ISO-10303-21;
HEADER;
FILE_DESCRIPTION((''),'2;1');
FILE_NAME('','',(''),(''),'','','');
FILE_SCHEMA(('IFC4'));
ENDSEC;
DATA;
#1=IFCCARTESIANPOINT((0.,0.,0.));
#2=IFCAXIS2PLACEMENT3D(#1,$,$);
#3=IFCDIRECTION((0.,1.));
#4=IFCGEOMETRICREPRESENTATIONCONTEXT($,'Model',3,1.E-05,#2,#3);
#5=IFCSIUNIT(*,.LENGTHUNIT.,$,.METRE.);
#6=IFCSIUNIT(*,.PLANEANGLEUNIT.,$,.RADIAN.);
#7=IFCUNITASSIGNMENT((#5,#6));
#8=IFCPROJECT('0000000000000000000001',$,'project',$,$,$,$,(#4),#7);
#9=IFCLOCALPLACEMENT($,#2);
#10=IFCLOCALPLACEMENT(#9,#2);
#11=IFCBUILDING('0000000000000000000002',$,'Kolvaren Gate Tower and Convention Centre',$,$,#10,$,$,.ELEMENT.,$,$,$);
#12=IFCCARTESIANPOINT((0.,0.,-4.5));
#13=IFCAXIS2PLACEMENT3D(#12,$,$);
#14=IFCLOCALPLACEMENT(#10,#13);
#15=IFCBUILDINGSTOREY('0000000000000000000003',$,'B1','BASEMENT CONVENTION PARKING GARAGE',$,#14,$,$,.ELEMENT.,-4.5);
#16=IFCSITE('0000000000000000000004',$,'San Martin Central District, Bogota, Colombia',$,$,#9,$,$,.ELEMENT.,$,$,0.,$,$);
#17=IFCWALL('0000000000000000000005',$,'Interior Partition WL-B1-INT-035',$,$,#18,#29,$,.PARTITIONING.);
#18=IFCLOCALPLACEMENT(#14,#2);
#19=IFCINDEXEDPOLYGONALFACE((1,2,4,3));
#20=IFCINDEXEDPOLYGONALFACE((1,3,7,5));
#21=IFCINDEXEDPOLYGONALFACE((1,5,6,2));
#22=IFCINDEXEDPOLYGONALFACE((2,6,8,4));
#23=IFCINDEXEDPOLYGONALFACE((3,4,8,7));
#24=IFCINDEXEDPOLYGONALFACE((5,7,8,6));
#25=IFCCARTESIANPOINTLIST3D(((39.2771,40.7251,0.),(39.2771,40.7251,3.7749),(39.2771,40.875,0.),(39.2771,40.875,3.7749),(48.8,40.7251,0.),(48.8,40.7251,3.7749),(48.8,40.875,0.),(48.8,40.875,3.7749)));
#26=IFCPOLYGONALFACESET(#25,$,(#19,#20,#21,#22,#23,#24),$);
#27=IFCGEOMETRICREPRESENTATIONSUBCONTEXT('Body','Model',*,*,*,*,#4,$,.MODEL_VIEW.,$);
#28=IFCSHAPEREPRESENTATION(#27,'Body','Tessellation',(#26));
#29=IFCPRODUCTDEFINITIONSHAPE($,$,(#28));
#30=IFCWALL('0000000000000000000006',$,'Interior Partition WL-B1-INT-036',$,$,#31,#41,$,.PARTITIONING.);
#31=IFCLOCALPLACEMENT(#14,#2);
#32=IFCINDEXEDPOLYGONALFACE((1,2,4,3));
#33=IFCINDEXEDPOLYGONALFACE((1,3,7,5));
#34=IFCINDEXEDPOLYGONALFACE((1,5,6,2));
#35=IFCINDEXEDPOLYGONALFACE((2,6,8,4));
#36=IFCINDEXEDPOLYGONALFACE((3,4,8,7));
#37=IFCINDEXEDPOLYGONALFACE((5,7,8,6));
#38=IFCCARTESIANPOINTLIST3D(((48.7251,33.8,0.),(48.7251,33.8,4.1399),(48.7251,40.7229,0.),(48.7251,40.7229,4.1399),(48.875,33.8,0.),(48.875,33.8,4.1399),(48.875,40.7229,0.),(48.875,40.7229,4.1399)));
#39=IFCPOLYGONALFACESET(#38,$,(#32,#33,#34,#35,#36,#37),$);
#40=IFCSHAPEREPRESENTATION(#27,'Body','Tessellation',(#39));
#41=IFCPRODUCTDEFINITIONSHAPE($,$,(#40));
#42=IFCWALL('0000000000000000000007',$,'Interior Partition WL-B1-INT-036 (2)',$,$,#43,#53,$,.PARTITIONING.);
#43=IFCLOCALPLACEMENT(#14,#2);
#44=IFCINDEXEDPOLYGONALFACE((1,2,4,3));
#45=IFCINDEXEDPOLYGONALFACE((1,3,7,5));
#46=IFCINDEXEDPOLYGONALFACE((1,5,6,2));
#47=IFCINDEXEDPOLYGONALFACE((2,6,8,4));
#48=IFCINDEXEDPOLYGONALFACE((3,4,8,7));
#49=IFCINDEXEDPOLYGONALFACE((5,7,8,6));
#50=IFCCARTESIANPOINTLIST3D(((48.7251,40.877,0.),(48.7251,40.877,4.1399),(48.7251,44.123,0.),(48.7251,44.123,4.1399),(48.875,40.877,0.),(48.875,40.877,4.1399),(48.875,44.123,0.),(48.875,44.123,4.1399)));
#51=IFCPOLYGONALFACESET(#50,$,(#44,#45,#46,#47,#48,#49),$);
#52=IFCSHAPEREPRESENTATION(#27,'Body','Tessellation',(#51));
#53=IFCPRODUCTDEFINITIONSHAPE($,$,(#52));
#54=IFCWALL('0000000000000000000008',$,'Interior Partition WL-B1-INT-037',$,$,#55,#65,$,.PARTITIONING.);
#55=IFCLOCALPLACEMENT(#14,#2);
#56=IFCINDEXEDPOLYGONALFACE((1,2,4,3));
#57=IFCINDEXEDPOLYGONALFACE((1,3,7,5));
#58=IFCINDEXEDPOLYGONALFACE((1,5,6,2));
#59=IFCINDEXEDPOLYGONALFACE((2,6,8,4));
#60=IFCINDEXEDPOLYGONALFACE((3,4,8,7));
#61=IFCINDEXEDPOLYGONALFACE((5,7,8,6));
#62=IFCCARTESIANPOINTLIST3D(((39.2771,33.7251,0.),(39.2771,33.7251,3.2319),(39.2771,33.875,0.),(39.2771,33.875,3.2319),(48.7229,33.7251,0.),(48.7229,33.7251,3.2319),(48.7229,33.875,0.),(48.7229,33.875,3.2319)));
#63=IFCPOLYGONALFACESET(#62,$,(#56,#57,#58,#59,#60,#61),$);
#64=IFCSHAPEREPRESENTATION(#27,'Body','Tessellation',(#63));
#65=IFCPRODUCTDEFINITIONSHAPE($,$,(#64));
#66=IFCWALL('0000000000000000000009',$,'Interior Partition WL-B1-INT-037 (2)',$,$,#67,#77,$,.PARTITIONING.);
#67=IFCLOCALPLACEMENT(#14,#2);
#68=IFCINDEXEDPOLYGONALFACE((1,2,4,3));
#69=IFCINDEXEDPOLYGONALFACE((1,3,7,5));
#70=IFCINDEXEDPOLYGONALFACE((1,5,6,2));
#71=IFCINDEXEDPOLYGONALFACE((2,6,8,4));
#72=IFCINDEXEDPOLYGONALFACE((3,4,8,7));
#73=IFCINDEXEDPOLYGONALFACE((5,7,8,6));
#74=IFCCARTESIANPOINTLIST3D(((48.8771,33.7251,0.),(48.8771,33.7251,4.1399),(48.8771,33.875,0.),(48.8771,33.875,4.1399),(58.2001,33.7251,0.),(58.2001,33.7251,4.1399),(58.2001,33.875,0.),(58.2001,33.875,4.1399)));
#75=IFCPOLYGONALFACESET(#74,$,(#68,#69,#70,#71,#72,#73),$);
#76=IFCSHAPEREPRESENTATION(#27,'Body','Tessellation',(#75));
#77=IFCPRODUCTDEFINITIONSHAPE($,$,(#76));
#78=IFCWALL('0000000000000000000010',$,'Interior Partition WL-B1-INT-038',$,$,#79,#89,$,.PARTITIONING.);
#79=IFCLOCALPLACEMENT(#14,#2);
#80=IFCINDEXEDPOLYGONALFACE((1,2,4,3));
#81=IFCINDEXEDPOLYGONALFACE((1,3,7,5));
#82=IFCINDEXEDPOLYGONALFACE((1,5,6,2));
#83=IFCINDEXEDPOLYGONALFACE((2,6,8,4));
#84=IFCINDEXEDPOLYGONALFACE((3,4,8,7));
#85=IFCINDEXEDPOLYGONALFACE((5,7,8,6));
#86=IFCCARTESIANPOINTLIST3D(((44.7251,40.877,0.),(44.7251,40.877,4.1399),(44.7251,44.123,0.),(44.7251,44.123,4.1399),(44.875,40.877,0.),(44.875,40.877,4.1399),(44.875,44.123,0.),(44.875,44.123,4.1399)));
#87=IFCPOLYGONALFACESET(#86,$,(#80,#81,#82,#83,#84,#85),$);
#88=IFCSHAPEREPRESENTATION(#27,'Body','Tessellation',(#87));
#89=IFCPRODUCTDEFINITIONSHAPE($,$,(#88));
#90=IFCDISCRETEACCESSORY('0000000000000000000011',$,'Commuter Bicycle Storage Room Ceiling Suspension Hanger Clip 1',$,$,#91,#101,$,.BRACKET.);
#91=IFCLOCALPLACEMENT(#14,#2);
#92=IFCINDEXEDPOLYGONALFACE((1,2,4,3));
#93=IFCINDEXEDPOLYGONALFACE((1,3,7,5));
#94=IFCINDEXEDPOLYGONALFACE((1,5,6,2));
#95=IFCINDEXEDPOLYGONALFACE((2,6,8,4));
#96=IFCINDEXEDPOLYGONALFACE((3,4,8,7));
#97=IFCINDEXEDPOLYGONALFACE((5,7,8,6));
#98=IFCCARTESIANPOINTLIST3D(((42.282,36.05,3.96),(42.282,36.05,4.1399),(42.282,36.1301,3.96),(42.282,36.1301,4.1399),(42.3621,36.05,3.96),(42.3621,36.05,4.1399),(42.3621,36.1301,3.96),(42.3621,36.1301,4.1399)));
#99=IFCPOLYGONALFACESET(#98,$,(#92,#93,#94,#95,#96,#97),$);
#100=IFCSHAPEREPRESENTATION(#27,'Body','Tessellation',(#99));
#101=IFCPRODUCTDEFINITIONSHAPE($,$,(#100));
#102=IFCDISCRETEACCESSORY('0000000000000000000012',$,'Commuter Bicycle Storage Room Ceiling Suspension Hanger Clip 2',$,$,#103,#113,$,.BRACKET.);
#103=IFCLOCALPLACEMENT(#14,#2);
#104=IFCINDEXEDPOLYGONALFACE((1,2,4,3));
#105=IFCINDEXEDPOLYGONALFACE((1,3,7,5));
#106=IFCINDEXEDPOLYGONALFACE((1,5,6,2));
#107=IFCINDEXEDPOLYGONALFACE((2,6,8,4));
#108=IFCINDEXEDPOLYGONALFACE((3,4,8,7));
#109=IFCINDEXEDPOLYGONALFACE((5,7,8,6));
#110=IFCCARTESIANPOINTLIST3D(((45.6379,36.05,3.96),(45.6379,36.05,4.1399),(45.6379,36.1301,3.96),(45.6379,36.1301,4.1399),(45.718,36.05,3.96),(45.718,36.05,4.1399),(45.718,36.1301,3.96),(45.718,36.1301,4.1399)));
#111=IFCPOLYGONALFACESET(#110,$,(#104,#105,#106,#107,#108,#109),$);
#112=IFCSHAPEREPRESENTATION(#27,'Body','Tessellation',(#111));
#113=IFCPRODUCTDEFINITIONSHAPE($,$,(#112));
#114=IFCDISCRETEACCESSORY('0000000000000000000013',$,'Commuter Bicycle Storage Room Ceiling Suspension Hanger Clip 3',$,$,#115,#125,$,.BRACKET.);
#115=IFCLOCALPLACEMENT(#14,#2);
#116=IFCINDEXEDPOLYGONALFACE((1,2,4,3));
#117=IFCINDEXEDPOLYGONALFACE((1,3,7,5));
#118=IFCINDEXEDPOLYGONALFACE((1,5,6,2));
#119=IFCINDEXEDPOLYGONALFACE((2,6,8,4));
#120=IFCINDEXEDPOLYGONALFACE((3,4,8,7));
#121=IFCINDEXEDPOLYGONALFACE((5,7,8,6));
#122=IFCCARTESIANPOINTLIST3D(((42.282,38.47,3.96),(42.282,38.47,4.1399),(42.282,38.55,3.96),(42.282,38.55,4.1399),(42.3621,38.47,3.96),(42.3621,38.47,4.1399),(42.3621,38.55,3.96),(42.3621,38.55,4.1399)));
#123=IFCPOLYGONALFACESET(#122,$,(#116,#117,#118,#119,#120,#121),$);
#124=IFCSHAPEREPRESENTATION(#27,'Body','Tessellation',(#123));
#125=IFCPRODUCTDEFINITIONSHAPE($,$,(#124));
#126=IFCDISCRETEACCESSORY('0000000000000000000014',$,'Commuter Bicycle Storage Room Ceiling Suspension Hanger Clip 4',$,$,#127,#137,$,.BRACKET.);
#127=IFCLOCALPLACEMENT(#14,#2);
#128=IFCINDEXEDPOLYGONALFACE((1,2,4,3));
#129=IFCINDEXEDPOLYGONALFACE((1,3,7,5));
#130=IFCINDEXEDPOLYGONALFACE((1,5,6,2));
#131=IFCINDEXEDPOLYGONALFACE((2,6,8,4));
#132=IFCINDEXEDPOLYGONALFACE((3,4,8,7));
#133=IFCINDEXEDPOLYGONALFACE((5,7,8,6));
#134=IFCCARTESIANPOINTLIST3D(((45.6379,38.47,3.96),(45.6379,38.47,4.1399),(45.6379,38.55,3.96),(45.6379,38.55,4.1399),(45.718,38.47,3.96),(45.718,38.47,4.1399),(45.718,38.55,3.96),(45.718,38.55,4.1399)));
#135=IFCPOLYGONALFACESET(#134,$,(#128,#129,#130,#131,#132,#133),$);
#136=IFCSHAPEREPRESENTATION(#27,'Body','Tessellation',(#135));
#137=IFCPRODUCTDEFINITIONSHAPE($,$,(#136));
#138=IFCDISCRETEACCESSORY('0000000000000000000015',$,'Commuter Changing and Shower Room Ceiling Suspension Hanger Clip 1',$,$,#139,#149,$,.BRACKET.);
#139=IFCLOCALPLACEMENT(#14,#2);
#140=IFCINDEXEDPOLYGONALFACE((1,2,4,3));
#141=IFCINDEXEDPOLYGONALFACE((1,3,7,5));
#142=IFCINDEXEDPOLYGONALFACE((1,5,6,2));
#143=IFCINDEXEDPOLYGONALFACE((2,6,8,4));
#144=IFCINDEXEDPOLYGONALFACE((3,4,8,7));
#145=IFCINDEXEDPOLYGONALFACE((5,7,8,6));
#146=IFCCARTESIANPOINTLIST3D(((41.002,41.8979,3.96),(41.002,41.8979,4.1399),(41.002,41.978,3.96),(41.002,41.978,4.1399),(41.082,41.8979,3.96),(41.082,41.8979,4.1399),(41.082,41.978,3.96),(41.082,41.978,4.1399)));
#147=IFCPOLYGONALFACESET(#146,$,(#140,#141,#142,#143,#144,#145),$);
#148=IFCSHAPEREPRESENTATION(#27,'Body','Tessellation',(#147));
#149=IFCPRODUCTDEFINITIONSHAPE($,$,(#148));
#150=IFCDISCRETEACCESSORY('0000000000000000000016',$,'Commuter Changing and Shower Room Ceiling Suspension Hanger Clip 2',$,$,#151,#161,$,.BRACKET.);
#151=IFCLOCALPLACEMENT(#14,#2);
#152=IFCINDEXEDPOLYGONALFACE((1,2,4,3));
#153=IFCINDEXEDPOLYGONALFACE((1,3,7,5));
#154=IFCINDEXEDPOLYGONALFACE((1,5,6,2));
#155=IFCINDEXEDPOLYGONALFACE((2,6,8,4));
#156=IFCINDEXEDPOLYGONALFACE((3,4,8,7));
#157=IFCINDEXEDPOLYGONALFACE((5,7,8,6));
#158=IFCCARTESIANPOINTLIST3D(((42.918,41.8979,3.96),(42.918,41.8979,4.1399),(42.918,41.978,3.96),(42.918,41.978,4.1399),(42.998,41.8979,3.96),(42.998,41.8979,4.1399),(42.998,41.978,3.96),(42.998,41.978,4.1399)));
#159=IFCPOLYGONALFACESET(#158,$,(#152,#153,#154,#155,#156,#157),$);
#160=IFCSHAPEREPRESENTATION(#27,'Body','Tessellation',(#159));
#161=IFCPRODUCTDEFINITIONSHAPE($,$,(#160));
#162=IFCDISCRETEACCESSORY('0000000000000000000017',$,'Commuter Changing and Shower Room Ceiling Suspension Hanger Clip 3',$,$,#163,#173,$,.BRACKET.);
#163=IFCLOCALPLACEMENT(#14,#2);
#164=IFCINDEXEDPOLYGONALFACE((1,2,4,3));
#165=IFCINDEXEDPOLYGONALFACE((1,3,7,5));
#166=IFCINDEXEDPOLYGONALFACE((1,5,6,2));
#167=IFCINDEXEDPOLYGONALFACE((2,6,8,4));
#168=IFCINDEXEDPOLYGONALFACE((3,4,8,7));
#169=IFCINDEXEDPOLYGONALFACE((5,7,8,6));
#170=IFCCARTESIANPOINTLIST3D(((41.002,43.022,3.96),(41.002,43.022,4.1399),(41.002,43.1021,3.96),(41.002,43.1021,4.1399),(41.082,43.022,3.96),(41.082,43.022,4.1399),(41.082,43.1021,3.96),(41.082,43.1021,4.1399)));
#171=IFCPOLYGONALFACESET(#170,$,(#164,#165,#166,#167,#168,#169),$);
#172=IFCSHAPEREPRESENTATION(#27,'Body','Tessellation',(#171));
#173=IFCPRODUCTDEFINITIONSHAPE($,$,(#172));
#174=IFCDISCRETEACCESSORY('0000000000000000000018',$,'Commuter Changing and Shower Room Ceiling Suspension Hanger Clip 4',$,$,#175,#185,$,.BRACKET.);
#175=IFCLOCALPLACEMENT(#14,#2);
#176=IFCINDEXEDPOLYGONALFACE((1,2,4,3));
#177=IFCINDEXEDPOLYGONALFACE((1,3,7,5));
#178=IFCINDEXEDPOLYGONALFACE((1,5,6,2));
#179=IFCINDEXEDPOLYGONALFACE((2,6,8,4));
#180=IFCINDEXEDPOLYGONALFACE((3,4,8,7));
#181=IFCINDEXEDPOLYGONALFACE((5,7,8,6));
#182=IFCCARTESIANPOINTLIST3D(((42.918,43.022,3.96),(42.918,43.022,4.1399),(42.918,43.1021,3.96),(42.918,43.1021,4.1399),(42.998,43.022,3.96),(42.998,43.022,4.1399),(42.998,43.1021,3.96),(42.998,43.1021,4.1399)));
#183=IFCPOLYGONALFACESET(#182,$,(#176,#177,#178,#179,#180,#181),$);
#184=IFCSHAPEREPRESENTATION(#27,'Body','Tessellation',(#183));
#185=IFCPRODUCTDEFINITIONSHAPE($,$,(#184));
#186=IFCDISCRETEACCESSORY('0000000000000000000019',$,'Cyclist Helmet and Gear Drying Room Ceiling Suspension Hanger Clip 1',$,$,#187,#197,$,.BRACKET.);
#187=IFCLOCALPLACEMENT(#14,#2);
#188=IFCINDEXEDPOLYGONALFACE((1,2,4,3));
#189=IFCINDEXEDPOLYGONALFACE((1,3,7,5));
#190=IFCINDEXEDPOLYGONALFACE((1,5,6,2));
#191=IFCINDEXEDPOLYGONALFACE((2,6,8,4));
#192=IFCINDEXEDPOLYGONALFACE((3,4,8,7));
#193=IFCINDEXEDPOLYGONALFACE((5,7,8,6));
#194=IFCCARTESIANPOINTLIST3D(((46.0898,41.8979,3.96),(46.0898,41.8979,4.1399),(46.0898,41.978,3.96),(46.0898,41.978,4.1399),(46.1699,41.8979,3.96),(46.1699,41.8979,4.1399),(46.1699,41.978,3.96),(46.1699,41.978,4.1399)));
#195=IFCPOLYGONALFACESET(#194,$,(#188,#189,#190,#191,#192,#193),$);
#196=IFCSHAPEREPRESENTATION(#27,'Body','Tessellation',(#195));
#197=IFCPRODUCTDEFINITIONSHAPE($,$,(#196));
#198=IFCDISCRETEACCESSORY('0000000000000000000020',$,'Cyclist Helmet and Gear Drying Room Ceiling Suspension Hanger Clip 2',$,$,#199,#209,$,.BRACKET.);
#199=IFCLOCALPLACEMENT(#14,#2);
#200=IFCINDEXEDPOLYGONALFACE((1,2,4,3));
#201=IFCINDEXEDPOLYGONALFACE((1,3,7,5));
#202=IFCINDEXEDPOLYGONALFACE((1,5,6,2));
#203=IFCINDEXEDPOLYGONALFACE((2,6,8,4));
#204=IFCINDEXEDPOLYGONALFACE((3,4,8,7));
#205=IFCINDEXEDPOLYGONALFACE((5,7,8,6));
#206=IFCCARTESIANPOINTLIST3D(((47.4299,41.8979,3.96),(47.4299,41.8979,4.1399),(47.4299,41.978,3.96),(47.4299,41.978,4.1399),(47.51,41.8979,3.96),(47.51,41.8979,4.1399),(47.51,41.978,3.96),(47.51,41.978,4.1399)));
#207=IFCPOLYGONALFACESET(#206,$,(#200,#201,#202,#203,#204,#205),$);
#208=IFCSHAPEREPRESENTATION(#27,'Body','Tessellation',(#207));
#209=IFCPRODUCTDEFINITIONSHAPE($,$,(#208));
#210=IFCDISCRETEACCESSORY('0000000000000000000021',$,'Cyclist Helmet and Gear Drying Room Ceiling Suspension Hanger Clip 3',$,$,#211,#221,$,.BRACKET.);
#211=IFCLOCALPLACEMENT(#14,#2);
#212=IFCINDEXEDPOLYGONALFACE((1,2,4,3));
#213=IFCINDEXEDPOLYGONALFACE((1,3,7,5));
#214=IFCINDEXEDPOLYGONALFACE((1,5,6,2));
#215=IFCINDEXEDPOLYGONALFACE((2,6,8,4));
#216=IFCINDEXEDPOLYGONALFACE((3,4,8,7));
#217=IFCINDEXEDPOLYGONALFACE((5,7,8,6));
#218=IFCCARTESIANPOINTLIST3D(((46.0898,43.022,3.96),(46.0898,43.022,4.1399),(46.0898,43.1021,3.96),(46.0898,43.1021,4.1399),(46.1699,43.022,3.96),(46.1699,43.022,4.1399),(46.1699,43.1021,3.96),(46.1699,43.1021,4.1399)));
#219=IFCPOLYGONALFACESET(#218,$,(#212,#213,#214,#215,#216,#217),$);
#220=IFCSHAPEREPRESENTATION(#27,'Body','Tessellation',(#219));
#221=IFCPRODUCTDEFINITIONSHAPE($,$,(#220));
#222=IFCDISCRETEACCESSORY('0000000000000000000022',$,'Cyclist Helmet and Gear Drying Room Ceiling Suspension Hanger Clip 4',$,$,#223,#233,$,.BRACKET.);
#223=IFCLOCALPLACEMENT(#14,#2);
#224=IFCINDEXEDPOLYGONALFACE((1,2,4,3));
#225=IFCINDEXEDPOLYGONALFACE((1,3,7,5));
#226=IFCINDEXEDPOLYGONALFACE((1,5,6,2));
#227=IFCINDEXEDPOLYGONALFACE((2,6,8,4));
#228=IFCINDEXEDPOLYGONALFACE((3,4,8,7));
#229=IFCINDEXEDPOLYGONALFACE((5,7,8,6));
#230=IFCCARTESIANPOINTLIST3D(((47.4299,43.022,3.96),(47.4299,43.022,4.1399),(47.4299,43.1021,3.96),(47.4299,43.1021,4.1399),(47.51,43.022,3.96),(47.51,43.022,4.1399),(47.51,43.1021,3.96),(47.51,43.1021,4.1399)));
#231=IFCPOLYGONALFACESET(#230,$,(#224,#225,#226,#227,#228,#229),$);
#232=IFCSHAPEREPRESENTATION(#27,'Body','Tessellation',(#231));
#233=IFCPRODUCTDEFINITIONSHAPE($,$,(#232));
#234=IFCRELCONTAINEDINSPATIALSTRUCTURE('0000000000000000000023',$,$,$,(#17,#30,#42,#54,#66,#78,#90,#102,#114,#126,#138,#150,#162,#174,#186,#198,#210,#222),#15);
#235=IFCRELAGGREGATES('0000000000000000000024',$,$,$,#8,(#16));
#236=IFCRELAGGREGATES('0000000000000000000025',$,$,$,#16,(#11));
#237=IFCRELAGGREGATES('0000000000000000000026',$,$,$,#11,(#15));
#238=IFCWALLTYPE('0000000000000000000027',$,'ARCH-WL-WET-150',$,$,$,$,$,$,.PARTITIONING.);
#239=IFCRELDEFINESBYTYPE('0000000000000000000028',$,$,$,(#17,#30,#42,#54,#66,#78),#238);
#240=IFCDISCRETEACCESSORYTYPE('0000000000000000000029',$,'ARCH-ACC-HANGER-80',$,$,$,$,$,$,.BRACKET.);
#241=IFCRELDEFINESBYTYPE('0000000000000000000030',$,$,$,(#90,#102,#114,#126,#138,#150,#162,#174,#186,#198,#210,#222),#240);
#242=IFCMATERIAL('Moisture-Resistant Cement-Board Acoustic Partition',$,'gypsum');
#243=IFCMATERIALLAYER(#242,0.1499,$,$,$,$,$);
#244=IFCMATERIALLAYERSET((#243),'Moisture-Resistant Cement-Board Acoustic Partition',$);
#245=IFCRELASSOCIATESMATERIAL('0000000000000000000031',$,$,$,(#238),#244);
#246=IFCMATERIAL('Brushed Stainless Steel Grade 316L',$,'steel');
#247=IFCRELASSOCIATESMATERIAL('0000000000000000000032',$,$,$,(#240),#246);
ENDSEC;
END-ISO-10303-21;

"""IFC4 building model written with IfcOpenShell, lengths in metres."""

from ifc_helpers import new_model, si_unit, direction, frame, frame_2d, origin, origin_2d, place, context, subcontext, project, spatial, rectangle, extrude, material, layer, layer_set, type_object, element, save


model = new_model("IFC4")

# Units and contexts
model_context = context("Model", 3, precision=1e-05, world=origin(), true_north=direction((0.0, 1.0)))
body_context = subcontext(model_context, "Body", "Model", "MODEL_VIEW")
ifc_project = project(units=[si_unit("LENGTHUNIT", "METRE"), si_unit("PLANEANGLEUNIT", "RADIAN")], contexts=[model_context])

# Site, building, storey
site_placement = place(None, origin())
site = spatial("IfcSite", under=ifc_project, at=site_placement, Name="San Martin Central District, Bogota, Colombia", CompositionType="ELEMENT", RefElevation=0.0)
building_placement = place(site_placement, origin())
building = spatial("IfcBuilding", under=site, at=building_placement, Name="Kolvaren Gate Tower and Convention Centre", CompositionType="ELEMENT")
storey_placement = place(building_placement, frame((0.0, 0.0, -4.5)))
storey = spatial("IfcBuildingStorey", under=building, at=storey_placement, Name="B1", Description="BASEMENT CONVENTION PARKING GARAGE", CompositionType="ELEMENT", Elevation=-4.5)

# Walls
ifc_material_1 = material(Name="Moisture-Resistant Cement-Board Acoustic Partition", Category="gypsum")
ifc_layer_1 = layer(ifc_material_1, 0.1499)
ifc_layer_set_1 = layer_set([ifc_layer_1], Name="Moisture-Resistant Cement-Board Acoustic Partition")
wall_type_1 = type_object("IfcWallType", Name="ARCH-WL-WET-150", PredefinedType="PARTITIONING", material=ifc_layer_set_1)
wall_1_placement = place(storey_placement, frame((39.2771, 40.8, 0.0), z_axis=(0.0, 0.0, 1.0), x_axis=(1.0, 0.0, 0.0)))
element("IfcWall", 1, at=wall_1_placement, inside=storey, type_object=wall_type_1, Name="Interior Partition WL-B1-INT-035", PredefinedType="PARTITIONING", context=body_context, shape_type="SweptSolid", body=[
    extrude(rectangle(XDim=9.5229, YDim=0.1499, at=frame_2d((4.7615, 0.0))), origin(), (0.0, 0.0, 1.0), 3.7749),
])
wall_2_placement = place(storey_placement, frame((48.8, 33.8, 0.0), z_axis=(0.0, 0.0, 1.0), x_axis=(0.0, 1.0, 0.0)))
element("IfcWall", 2, at=wall_2_placement, inside=storey, type_object=wall_type_1, Name="Interior Partition WL-B1-INT-036", PredefinedType="PARTITIONING", context=body_context, shape_type="SweptSolid", body=[
    extrude(rectangle(XDim=6.9229, YDim=0.1499, at=frame_2d((3.4614, 0.0))), origin(), (0.0, 0.0, 1.0), 4.1399),
])
wall_3_placement = place(storey_placement, frame((48.8, 40.877, 0.0), z_axis=(0.0, 0.0, 1.0), x_axis=(0.0, 1.0, 0.0)))
element("IfcWall", 3, at=wall_3_placement, inside=storey, type_object=wall_type_1, Name="Interior Partition WL-B1-INT-036 (2)", PredefinedType="PARTITIONING", context=body_context, shape_type="SweptSolid", body=[
    extrude(rectangle(XDim=3.2461, YDim=0.1499, at=frame_2d((1.623, 0.0))), origin(), (0.0, 0.0, 1.0), 4.1399),
])
wall_4_placement = place(storey_placement, frame((39.2771, 33.8, 0.0), z_axis=(0.0, 0.0, 1.0), x_axis=(1.0, 0.0, 0.0)))
element("IfcWall", 4, at=wall_4_placement, inside=storey, type_object=wall_type_1, Name="Interior Partition WL-B1-INT-037", PredefinedType="PARTITIONING", context=body_context, shape_type="SweptSolid", body=[
    extrude(rectangle(XDim=9.4458, YDim=0.1499, at=frame_2d((4.7229, 0.0))), origin(), (0.0, 0.0, 1.0), 3.2319),
])
wall_5_placement = place(storey_placement, frame((48.877, 33.8, 0.0), z_axis=(0.0, 0.0, 1.0), x_axis=(1.0, 0.0, 0.0)))
element("IfcWall", 5, at=wall_5_placement, inside=storey, type_object=wall_type_1, Name="Interior Partition WL-B1-INT-037 (2)", PredefinedType="PARTITIONING", context=body_context, shape_type="SweptSolid", body=[
    extrude(rectangle(XDim=9.323, YDim=0.1499, at=frame_2d((4.6616, 0.0))), origin(), (0.0, 0.0, 1.0), 4.1399),
])
wall_6_placement = place(storey_placement, frame((44.8, 40.877, 0.0), z_axis=(0.0, 0.0, 1.0), x_axis=(0.0, 1.0, 0.0)))
element("IfcWall", 6, at=wall_6_placement, inside=storey, type_object=wall_type_1, Name="Interior Partition WL-B1-INT-038", PredefinedType="PARTITIONING", context=body_context, shape_type="SweptSolid", body=[
    extrude(rectangle(XDim=3.2461, YDim=0.1499, at=frame_2d((1.623, 0.0))), origin(), (0.0, 0.0, 1.0), 4.1399),
])

# Discrete accessories
ifc_material_2 = material(Name="Brushed Stainless Steel Grade 316L", Category="steel")
discrete_accessory_type = type_object("IfcDiscreteAccessoryType", Name="ARCH-ACC-HANGER-80", PredefinedType="BRACKET", material=ifc_material_2)
for number, where, z_axis, x_axis, name in (
    (7, (42.322, 36.0901, 3.96), (0.0, 0.0, 1.0), (1.0, 0.0, 0.0), "Commuter Bicycle Storage Room Ceiling Suspension Hanger Clip 1"),
    (8, (45.678, 36.0901, 3.96), (0.0, 0.0, 1.0), (1.0, 0.0, 0.0), "Commuter Bicycle Storage Room Ceiling Suspension Hanger Clip 2"),
    (9, (42.322, 38.51, 3.96), (0.0, 0.0, 1.0), (1.0, 0.0, 0.0), "Commuter Bicycle Storage Room Ceiling Suspension Hanger Clip 3"),
    (10, (45.678, 38.51, 3.96), (0.0, 0.0, 1.0), (1.0, 0.0, 0.0), "Commuter Bicycle Storage Room Ceiling Suspension Hanger Clip 4"),
    (11, (41.042, 41.938, 3.96), (0.0, 0.0, 1.0), (1.0, 0.0, 0.0), "Commuter Changing and Shower Room Ceiling Suspension Hanger Clip 1"),
    (12, (42.958, 41.938, 3.96), (0.0, 0.0, 1.0), (1.0, 0.0, 0.0), "Commuter Changing and Shower Room Ceiling Suspension Hanger Clip 2"),
    (13, (41.042, 43.062, 3.96), (0.0, 0.0, 1.0), (1.0, 0.0, 0.0), "Commuter Changing and Shower Room Ceiling Suspension Hanger Clip 3"),
    (14, (42.958, 43.062, 3.96), (0.0, 0.0, 1.0), (1.0, 0.0, 0.0), "Commuter Changing and Shower Room Ceiling Suspension Hanger Clip 4"),
    (15, (46.1299, 41.938, 3.96), (0.0, 0.0, 1.0), (1.0, 0.0, 0.0), "Cyclist Helmet and Gear Drying Room Ceiling Suspension Hanger Clip 1"),
    (16, (47.47, 41.938, 3.96), (0.0, 0.0, 1.0), (1.0, 0.0, 0.0), "Cyclist Helmet and Gear Drying Room Ceiling Suspension Hanger Clip 2"),
    (17, (46.1299, 43.062, 3.96), (0.0, 0.0, 1.0), (1.0, 0.0, 0.0), "Cyclist Helmet and Gear Drying Room Ceiling Suspension Hanger Clip 3"),
    (18, (47.47, 43.062, 3.96), (0.0, 0.0, 1.0), (1.0, 0.0, 0.0), "Cyclist Helmet and Gear Drying Room Ceiling Suspension Hanger Clip 4"),
):
    element("IfcDiscreteAccessory", number, at=place(storey_placement, frame(where, z_axis=z_axis, x_axis=x_axis)), inside=storey, type_object=discrete_accessory_type, Name=name, PredefinedType="BRACKET", context=body_context, shape_type="SweptSolid", body=[
        extrude(rectangle(XDim=0.0801, YDim=0.0801, at=origin_2d()), origin(), (0.0, 0.0, 1.0), 0.1799),
    ])

save(model, "model.ifc")
